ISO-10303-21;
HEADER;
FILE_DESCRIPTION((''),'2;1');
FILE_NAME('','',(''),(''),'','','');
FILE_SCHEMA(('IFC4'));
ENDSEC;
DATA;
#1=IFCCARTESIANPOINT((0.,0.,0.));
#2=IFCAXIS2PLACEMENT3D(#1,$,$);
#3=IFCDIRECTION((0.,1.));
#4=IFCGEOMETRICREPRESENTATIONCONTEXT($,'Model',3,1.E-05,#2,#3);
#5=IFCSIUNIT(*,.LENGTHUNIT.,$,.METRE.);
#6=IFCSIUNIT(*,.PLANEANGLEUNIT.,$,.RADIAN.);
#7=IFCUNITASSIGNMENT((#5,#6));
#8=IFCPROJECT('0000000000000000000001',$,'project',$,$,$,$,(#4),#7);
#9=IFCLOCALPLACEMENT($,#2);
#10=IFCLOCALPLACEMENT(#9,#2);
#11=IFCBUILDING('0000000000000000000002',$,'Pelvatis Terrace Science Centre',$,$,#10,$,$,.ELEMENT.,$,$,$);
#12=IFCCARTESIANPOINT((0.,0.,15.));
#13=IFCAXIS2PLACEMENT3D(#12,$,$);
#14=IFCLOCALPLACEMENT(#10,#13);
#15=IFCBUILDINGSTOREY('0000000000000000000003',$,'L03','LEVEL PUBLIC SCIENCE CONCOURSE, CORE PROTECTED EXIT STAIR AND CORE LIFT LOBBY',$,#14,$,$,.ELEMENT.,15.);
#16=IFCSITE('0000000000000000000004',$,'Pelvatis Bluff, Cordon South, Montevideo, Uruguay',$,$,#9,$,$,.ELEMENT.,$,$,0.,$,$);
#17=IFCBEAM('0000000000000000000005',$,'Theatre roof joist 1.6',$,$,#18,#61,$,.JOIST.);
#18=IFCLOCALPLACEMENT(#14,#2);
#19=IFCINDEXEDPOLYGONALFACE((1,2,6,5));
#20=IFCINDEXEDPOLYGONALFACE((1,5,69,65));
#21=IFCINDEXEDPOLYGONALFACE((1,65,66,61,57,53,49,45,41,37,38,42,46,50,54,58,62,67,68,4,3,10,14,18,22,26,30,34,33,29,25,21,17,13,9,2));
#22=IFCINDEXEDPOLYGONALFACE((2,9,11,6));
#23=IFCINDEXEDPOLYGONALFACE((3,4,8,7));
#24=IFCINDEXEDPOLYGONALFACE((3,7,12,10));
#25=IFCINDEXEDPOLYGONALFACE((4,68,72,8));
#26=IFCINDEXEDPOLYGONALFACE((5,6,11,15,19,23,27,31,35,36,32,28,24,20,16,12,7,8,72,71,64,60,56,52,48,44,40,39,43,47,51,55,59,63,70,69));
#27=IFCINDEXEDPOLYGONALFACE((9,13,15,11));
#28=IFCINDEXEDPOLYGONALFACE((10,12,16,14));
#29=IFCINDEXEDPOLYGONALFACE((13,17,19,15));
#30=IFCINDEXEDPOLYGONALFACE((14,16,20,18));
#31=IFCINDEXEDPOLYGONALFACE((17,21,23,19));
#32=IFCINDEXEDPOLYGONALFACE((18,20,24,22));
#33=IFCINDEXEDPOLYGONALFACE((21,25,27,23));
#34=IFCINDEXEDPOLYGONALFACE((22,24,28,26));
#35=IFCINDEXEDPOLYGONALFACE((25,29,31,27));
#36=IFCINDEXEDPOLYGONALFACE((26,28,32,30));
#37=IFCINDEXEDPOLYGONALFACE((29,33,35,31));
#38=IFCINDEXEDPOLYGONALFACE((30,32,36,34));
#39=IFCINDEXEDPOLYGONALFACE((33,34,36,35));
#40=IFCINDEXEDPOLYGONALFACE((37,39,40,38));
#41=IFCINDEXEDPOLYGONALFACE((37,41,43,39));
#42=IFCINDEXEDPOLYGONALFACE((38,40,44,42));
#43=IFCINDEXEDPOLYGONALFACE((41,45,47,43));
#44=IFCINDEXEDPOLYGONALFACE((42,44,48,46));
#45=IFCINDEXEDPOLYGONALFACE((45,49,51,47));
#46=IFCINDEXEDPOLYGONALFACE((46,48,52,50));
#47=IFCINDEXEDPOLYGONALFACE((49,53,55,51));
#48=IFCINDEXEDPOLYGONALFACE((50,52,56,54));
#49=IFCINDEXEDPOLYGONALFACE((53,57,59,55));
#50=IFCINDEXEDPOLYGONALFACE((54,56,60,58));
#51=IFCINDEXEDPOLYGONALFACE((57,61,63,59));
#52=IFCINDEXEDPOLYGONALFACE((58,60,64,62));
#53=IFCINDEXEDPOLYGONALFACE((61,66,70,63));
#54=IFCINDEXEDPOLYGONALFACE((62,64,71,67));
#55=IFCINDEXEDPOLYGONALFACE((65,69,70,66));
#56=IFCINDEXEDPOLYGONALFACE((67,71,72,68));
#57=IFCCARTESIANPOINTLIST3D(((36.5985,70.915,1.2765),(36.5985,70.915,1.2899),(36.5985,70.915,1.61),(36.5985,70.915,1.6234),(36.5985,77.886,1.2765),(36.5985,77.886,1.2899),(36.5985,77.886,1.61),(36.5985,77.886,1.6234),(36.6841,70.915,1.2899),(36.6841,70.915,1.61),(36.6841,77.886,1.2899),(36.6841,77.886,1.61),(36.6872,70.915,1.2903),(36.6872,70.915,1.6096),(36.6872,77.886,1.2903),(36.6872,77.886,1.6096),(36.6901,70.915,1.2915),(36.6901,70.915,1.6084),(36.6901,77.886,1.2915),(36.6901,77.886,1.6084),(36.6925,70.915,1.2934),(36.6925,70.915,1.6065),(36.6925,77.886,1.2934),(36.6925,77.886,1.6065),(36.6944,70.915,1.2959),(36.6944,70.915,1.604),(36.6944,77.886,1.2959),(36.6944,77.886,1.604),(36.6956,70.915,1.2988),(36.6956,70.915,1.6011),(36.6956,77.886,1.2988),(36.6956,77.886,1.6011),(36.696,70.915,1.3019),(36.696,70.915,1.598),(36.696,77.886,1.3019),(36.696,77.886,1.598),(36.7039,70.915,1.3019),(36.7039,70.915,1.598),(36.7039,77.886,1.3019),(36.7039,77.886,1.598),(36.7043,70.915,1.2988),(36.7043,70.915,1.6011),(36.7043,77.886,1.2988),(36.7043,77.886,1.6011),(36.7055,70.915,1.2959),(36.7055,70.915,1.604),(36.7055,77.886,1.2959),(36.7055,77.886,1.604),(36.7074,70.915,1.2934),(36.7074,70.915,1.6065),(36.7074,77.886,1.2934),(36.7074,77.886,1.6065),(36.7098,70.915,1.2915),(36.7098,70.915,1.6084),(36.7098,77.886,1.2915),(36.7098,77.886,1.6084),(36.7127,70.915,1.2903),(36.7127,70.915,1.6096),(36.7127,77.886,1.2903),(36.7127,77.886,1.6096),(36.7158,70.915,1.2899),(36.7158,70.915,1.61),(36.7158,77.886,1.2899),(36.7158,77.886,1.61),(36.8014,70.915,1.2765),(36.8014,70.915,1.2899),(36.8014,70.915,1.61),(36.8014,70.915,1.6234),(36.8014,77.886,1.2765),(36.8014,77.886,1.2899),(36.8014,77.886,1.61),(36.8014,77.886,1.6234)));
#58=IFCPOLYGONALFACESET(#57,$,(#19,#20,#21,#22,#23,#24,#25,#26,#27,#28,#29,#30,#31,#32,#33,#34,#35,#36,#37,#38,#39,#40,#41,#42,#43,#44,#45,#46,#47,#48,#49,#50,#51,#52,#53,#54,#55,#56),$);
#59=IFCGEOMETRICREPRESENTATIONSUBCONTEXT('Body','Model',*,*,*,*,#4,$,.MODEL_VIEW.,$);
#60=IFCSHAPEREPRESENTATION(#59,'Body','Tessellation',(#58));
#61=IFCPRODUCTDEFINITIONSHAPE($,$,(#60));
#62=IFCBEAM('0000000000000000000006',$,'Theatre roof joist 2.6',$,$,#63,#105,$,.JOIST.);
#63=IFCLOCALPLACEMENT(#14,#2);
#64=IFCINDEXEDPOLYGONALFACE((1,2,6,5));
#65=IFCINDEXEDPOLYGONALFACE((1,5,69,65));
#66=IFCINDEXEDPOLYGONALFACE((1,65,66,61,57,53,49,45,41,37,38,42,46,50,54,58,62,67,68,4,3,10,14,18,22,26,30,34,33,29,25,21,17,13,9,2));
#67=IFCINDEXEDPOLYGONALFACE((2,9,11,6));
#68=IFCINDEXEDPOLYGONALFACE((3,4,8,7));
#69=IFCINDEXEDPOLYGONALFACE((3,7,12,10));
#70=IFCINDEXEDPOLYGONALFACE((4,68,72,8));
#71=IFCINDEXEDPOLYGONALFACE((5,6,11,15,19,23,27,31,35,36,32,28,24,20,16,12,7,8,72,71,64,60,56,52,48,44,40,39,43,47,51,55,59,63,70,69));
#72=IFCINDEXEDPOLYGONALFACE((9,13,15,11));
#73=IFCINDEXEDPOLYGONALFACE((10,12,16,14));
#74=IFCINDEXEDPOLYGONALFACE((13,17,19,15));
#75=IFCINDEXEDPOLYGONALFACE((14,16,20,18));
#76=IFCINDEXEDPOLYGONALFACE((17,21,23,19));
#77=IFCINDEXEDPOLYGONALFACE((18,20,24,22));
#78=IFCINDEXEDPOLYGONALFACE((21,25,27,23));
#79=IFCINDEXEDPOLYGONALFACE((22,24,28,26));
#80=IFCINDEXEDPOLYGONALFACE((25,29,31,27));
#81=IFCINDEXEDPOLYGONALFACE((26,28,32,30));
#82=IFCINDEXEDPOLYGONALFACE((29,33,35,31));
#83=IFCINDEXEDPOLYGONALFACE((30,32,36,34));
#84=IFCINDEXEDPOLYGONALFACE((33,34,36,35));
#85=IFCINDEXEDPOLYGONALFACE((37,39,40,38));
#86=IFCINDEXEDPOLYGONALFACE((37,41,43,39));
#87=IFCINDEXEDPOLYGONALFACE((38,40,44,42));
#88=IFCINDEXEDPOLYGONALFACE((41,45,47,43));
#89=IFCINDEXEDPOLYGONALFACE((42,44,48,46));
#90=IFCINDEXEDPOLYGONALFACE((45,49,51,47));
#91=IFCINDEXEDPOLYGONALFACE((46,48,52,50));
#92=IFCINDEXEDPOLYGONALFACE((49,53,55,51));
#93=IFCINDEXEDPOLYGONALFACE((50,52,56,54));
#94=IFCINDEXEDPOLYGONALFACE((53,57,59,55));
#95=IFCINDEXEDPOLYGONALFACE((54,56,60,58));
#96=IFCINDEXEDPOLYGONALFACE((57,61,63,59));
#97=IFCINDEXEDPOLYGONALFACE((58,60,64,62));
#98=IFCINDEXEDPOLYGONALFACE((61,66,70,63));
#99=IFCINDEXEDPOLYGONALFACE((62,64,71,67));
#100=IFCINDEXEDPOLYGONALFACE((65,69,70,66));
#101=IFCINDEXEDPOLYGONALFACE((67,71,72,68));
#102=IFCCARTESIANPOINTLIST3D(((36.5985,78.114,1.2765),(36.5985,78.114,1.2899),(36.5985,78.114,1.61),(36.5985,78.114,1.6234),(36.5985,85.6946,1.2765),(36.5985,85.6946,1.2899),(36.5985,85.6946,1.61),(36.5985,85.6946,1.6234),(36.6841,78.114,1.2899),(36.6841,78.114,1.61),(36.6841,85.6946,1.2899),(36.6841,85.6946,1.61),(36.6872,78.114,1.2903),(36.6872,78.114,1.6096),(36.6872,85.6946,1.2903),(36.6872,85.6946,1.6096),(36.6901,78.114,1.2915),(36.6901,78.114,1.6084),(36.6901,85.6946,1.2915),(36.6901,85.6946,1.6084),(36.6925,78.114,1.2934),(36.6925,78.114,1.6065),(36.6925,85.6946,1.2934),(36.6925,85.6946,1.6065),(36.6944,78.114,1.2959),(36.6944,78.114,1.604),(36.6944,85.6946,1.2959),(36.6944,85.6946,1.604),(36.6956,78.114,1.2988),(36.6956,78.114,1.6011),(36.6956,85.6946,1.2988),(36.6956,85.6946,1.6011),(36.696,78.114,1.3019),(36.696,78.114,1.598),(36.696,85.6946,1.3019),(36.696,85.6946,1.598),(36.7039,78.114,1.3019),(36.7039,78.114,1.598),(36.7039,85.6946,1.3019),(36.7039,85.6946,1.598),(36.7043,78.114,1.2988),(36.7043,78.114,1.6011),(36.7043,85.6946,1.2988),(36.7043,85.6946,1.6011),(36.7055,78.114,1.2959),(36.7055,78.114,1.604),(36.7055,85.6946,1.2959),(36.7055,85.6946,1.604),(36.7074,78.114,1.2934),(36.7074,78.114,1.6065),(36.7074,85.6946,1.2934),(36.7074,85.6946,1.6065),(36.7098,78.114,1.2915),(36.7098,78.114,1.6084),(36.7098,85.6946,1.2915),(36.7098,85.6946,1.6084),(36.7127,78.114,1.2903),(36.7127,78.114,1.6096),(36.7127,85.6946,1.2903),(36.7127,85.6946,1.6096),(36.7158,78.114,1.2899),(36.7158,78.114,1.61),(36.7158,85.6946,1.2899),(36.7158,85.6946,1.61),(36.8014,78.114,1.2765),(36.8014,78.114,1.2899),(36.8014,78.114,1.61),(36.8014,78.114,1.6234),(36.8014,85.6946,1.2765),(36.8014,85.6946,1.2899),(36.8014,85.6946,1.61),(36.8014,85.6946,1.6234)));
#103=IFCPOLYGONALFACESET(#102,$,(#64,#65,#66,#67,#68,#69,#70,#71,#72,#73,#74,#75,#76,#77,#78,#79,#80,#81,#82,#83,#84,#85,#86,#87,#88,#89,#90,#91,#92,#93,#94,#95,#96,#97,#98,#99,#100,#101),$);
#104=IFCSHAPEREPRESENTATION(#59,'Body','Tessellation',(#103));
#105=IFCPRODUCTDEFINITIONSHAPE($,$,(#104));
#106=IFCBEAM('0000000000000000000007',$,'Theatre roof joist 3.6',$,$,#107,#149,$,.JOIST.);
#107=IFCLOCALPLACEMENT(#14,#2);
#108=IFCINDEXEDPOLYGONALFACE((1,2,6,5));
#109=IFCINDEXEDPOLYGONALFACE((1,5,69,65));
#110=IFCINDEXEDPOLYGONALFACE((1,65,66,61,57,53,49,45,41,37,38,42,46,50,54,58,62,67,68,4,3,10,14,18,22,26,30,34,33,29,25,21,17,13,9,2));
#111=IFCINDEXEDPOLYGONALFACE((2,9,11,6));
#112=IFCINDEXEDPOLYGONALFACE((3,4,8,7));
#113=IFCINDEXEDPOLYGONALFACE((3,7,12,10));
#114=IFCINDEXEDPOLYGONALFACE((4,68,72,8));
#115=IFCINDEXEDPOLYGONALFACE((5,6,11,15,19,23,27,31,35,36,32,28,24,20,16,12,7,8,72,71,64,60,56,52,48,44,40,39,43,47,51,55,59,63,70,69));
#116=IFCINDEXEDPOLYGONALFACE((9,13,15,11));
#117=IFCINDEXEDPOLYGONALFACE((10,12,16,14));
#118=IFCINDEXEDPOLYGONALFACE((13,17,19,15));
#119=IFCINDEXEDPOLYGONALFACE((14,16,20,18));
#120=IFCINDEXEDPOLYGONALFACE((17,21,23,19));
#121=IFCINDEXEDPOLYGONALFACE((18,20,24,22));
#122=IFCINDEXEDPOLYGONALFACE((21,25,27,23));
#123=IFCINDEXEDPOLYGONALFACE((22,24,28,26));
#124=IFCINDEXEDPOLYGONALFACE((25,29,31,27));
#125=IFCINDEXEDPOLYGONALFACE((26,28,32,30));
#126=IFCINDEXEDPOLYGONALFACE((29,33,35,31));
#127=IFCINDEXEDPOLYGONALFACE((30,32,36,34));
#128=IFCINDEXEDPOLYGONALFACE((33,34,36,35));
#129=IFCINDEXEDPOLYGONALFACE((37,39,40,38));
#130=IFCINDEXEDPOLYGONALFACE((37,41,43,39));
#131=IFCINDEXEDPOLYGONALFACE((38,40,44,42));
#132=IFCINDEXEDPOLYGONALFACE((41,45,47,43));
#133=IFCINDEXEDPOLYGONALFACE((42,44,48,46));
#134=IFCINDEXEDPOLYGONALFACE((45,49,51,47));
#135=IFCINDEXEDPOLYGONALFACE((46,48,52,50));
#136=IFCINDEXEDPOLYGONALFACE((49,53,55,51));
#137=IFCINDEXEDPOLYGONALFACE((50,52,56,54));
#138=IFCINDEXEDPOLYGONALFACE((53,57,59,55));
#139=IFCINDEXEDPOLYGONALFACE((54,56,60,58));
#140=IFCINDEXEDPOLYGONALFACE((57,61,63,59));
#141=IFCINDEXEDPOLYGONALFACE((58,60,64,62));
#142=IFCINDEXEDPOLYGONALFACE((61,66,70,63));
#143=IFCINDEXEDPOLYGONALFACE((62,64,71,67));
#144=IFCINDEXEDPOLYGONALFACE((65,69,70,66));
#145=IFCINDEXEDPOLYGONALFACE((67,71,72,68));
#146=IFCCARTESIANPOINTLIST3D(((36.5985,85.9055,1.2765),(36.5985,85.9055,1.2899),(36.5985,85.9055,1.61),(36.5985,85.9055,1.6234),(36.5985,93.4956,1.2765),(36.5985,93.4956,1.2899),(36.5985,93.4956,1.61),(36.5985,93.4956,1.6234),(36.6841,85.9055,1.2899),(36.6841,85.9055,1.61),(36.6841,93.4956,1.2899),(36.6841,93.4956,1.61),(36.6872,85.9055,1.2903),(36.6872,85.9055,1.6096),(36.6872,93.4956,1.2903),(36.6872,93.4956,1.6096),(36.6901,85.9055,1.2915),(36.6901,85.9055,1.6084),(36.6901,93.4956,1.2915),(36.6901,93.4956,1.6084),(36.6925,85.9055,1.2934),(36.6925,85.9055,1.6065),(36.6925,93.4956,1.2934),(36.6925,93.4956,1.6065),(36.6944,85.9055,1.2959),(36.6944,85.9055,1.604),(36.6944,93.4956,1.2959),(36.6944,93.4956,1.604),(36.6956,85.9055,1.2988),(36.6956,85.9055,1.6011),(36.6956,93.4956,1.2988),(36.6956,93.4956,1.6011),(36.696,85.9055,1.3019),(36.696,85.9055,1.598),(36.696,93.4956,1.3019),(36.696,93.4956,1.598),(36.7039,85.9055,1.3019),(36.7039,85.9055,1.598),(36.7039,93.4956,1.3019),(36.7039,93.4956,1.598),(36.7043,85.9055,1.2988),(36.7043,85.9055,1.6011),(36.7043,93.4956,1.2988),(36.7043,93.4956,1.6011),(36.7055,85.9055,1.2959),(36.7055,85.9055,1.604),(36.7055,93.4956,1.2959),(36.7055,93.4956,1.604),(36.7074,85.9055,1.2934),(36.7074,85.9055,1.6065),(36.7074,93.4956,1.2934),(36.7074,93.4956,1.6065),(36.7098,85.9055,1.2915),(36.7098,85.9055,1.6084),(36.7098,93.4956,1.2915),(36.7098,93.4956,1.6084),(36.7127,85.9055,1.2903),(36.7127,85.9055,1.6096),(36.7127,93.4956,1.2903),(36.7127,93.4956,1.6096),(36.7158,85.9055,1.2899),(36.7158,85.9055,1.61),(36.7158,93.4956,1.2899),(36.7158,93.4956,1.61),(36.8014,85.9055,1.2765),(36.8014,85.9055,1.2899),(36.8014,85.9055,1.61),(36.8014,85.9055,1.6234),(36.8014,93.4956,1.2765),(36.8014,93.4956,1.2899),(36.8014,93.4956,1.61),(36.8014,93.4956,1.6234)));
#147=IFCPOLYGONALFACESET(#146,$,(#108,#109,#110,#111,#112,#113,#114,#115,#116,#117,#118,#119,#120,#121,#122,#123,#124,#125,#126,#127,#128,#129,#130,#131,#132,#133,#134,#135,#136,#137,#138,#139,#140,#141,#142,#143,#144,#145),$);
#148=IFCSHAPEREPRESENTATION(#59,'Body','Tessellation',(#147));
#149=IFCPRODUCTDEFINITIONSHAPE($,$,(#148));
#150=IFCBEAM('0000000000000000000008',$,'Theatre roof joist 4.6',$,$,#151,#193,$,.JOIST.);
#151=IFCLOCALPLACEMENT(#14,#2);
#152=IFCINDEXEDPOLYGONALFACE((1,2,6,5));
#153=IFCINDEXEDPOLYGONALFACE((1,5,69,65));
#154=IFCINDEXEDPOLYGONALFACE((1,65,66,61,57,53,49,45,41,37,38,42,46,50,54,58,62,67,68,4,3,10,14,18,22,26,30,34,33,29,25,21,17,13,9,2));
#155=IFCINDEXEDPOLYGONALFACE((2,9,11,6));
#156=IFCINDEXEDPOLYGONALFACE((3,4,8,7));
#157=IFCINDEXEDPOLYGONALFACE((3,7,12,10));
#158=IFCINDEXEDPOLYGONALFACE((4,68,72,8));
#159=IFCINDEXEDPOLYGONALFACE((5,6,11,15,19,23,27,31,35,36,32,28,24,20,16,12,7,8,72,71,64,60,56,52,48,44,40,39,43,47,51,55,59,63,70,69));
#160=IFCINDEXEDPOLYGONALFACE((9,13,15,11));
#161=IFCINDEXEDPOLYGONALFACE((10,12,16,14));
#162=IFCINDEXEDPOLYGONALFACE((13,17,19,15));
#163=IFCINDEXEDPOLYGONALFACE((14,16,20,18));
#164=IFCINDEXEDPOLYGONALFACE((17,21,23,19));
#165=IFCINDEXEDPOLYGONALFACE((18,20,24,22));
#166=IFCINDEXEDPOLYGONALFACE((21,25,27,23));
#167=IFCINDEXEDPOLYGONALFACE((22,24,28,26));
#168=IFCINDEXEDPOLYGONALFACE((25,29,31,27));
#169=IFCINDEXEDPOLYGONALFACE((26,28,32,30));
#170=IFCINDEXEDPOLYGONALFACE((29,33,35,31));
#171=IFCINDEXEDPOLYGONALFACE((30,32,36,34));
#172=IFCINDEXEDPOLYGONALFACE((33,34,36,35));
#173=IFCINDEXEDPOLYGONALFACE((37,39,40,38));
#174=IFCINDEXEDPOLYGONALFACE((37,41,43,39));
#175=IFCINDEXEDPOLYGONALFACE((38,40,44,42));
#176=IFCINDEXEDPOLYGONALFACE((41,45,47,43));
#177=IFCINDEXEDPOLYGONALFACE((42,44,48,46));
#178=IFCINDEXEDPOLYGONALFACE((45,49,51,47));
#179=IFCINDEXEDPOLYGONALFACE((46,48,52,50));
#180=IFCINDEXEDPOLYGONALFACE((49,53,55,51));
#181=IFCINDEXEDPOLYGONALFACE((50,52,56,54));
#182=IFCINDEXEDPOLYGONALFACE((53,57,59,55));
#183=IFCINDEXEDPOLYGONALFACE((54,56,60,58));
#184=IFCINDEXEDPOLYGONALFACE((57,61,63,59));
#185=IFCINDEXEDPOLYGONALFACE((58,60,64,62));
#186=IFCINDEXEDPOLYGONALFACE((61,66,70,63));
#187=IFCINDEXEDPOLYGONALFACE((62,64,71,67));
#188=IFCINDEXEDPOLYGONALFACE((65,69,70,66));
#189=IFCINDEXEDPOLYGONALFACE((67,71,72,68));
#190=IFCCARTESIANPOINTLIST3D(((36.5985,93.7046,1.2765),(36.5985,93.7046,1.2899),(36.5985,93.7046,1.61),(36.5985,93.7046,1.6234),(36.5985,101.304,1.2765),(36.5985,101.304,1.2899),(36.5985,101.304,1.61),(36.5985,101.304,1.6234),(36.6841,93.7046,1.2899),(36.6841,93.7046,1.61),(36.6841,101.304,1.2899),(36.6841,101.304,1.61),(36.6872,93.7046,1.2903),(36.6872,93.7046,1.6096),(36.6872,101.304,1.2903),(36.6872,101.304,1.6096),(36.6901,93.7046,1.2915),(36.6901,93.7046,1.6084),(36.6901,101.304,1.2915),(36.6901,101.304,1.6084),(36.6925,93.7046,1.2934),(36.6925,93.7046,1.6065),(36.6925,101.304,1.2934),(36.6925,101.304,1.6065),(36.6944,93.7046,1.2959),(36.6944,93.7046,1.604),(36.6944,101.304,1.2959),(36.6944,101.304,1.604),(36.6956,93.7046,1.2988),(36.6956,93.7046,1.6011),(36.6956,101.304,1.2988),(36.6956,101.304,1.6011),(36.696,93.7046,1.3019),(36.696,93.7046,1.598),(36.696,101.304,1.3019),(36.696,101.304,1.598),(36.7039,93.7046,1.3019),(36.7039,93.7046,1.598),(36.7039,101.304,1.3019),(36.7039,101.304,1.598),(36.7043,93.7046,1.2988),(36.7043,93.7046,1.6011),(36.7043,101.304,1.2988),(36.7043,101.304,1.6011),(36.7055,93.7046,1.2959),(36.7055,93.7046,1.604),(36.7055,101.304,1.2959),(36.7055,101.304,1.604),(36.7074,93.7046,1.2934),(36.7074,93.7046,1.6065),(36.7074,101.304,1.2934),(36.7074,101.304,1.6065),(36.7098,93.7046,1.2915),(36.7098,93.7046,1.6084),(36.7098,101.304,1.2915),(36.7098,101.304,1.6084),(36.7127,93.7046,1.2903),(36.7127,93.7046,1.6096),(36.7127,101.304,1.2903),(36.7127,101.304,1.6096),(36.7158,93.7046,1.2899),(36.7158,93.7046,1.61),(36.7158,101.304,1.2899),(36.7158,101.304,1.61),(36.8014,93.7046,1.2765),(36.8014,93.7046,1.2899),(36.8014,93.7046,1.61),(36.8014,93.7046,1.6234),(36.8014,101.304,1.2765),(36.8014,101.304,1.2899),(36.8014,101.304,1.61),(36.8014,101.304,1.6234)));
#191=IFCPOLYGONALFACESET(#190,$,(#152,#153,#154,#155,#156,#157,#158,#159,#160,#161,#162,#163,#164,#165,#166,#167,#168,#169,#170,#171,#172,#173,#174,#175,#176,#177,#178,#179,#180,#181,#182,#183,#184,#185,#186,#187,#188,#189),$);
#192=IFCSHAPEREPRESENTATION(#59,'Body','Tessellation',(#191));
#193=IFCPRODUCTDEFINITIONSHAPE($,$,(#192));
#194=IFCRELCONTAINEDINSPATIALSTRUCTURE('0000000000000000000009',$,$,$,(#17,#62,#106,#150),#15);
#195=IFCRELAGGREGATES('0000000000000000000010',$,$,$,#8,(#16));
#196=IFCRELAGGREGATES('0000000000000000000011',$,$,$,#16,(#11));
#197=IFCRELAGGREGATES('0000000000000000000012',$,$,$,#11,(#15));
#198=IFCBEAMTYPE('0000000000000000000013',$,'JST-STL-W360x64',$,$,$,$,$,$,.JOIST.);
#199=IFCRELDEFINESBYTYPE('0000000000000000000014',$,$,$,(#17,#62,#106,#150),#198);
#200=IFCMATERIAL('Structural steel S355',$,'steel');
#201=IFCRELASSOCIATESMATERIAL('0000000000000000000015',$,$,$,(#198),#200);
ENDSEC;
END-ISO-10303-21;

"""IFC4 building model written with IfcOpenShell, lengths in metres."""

from ifc_helpers import new_model, si_unit, direction, frame, origin, origin_2d, place, context, subcontext, project, spatial, i_section, extrude, material, material_profile, profile_set, type_object, element, save


model = new_model("IFC4")

# Units and contexts
model_context = context("Model", 3, precision=1e-05, world=origin(), true_north=direction((0.0, 1.0)))
body_context = subcontext(model_context, "Body", "Model", "MODEL_VIEW")
ifc_project = project(units=[si_unit("LENGTHUNIT", "METRE"), si_unit("PLANEANGLEUNIT", "RADIAN")], contexts=[model_context])

# Site, building, storey
site_placement = place(None, origin())
site = spatial("IfcSite", under=ifc_project, at=site_placement, Name="Pelvatis Bluff, Cordon South, Montevideo, Uruguay", CompositionType="ELEMENT", RefElevation=0.0)
building_placement = place(site_placement, origin())
building = spatial("IfcBuilding", under=site, at=building_placement, Name="Pelvatis Terrace Science Centre", CompositionType="ELEMENT")
storey_placement = place(building_placement, frame((0.0, 0.0, 15.0)))
storey = spatial("IfcBuildingStorey", under=building, at=storey_placement, Name="L03", Description="LEVEL PUBLIC SCIENCE CONCOURSE, CORE PROTECTED EXIT STAIR AND CORE LIFT LOBBY", CompositionType="ELEMENT", Elevation=15.0)

# Beams
ifc_material_1 = material(Name="Structural steel S355", Category="steel")
ifc_material_profile_1 = material_profile(ifc_material_1, i_section(OverallWidth=0.2029, OverallDepth=0.3469, WebThickness=0.0078, FlangeThickness=0.0134, FilletRadius=0.012, at=origin_2d()), Name="W360x64")
ifc_profile_set_1 = profile_set([ifc_material_profile_1], Name="Structural steel S355")
beam_type = type_object("IfcBeamType", Name="JST-STL-W360x64", PredefinedType="JOIST", material=ifc_profile_set_1)
beam_1_placement = place(storey_placement, frame((36.7, 70.915, 1.45), z_axis=(0.0, 1.0, 0.0), x_axis=(-1.0, 0.0, 0.0)))
element("IfcBeam", 1, at=beam_1_placement, inside=storey, type_object=beam_type, Name="Theatre roof joist 1.6", PredefinedType="JOIST", context=body_context, shape_type="SweptSolid", body=[
    extrude(i_section(OverallWidth=0.2029, OverallDepth=0.3469, WebThickness=0.0078, FlangeThickness=0.0134, FilletRadius=0.012, at=origin_2d()), origin(), (0.0, 0.0, 1.0), 6.9709),
])
beam_2_placement = place(storey_placement, frame((36.7, 78.114, 1.45), z_axis=(0.0, 1.0, 0.0), x_axis=(-1.0, 0.0, 0.0)))
element("IfcBeam", 2, at=beam_2_placement, inside=storey, type_object=beam_type, Name="Theatre roof joist 2.6", PredefinedType="JOIST", context=body_context, shape_type="SweptSolid", body=[
    extrude(i_section(OverallWidth=0.2029, OverallDepth=0.3469, WebThickness=0.0078, FlangeThickness=0.0134, FilletRadius=0.012, at=origin_2d()), origin(), (0.0, 0.0, 1.0), 7.5806),
])
beam_3_placement = place(storey_placement, frame((36.7, 85.9055, 1.45), z_axis=(0.0, 1.0, 0.0), x_axis=(-1.0, 0.0, 0.0)))
element("IfcBeam", 3, at=beam_3_placement, inside=storey, type_object=beam_type, Name="Theatre roof joist 3.6", PredefinedType="JOIST", context=body_context, shape_type="SweptSolid", body=[
    extrude(i_section(OverallWidth=0.2029, OverallDepth=0.3469, WebThickness=0.0078, FlangeThickness=0.0134, FilletRadius=0.012, at=origin_2d()), origin(), (0.0, 0.0, 1.0), 7.5901),
])
beam_4_placement = place(storey_placement, frame((36.7, 93.7046, 1.45), z_axis=(0.0, 1.0, 0.0), x_axis=(-1.0, 0.0, 0.0)))
element("IfcBeam", 4, at=beam_4_placement, inside=storey, type_object=beam_type, Name="Theatre roof joist 4.6", PredefinedType="JOIST", context=body_context, shape_type="SweptSolid", body=[
    extrude(i_section(OverallWidth=0.2029, OverallDepth=0.3469, WebThickness=0.0078, FlangeThickness=0.0134, FilletRadius=0.012, at=origin_2d()), origin(), (0.0, 0.0, 1.0), 7.5994),
])

save(model, "model.ifc")
